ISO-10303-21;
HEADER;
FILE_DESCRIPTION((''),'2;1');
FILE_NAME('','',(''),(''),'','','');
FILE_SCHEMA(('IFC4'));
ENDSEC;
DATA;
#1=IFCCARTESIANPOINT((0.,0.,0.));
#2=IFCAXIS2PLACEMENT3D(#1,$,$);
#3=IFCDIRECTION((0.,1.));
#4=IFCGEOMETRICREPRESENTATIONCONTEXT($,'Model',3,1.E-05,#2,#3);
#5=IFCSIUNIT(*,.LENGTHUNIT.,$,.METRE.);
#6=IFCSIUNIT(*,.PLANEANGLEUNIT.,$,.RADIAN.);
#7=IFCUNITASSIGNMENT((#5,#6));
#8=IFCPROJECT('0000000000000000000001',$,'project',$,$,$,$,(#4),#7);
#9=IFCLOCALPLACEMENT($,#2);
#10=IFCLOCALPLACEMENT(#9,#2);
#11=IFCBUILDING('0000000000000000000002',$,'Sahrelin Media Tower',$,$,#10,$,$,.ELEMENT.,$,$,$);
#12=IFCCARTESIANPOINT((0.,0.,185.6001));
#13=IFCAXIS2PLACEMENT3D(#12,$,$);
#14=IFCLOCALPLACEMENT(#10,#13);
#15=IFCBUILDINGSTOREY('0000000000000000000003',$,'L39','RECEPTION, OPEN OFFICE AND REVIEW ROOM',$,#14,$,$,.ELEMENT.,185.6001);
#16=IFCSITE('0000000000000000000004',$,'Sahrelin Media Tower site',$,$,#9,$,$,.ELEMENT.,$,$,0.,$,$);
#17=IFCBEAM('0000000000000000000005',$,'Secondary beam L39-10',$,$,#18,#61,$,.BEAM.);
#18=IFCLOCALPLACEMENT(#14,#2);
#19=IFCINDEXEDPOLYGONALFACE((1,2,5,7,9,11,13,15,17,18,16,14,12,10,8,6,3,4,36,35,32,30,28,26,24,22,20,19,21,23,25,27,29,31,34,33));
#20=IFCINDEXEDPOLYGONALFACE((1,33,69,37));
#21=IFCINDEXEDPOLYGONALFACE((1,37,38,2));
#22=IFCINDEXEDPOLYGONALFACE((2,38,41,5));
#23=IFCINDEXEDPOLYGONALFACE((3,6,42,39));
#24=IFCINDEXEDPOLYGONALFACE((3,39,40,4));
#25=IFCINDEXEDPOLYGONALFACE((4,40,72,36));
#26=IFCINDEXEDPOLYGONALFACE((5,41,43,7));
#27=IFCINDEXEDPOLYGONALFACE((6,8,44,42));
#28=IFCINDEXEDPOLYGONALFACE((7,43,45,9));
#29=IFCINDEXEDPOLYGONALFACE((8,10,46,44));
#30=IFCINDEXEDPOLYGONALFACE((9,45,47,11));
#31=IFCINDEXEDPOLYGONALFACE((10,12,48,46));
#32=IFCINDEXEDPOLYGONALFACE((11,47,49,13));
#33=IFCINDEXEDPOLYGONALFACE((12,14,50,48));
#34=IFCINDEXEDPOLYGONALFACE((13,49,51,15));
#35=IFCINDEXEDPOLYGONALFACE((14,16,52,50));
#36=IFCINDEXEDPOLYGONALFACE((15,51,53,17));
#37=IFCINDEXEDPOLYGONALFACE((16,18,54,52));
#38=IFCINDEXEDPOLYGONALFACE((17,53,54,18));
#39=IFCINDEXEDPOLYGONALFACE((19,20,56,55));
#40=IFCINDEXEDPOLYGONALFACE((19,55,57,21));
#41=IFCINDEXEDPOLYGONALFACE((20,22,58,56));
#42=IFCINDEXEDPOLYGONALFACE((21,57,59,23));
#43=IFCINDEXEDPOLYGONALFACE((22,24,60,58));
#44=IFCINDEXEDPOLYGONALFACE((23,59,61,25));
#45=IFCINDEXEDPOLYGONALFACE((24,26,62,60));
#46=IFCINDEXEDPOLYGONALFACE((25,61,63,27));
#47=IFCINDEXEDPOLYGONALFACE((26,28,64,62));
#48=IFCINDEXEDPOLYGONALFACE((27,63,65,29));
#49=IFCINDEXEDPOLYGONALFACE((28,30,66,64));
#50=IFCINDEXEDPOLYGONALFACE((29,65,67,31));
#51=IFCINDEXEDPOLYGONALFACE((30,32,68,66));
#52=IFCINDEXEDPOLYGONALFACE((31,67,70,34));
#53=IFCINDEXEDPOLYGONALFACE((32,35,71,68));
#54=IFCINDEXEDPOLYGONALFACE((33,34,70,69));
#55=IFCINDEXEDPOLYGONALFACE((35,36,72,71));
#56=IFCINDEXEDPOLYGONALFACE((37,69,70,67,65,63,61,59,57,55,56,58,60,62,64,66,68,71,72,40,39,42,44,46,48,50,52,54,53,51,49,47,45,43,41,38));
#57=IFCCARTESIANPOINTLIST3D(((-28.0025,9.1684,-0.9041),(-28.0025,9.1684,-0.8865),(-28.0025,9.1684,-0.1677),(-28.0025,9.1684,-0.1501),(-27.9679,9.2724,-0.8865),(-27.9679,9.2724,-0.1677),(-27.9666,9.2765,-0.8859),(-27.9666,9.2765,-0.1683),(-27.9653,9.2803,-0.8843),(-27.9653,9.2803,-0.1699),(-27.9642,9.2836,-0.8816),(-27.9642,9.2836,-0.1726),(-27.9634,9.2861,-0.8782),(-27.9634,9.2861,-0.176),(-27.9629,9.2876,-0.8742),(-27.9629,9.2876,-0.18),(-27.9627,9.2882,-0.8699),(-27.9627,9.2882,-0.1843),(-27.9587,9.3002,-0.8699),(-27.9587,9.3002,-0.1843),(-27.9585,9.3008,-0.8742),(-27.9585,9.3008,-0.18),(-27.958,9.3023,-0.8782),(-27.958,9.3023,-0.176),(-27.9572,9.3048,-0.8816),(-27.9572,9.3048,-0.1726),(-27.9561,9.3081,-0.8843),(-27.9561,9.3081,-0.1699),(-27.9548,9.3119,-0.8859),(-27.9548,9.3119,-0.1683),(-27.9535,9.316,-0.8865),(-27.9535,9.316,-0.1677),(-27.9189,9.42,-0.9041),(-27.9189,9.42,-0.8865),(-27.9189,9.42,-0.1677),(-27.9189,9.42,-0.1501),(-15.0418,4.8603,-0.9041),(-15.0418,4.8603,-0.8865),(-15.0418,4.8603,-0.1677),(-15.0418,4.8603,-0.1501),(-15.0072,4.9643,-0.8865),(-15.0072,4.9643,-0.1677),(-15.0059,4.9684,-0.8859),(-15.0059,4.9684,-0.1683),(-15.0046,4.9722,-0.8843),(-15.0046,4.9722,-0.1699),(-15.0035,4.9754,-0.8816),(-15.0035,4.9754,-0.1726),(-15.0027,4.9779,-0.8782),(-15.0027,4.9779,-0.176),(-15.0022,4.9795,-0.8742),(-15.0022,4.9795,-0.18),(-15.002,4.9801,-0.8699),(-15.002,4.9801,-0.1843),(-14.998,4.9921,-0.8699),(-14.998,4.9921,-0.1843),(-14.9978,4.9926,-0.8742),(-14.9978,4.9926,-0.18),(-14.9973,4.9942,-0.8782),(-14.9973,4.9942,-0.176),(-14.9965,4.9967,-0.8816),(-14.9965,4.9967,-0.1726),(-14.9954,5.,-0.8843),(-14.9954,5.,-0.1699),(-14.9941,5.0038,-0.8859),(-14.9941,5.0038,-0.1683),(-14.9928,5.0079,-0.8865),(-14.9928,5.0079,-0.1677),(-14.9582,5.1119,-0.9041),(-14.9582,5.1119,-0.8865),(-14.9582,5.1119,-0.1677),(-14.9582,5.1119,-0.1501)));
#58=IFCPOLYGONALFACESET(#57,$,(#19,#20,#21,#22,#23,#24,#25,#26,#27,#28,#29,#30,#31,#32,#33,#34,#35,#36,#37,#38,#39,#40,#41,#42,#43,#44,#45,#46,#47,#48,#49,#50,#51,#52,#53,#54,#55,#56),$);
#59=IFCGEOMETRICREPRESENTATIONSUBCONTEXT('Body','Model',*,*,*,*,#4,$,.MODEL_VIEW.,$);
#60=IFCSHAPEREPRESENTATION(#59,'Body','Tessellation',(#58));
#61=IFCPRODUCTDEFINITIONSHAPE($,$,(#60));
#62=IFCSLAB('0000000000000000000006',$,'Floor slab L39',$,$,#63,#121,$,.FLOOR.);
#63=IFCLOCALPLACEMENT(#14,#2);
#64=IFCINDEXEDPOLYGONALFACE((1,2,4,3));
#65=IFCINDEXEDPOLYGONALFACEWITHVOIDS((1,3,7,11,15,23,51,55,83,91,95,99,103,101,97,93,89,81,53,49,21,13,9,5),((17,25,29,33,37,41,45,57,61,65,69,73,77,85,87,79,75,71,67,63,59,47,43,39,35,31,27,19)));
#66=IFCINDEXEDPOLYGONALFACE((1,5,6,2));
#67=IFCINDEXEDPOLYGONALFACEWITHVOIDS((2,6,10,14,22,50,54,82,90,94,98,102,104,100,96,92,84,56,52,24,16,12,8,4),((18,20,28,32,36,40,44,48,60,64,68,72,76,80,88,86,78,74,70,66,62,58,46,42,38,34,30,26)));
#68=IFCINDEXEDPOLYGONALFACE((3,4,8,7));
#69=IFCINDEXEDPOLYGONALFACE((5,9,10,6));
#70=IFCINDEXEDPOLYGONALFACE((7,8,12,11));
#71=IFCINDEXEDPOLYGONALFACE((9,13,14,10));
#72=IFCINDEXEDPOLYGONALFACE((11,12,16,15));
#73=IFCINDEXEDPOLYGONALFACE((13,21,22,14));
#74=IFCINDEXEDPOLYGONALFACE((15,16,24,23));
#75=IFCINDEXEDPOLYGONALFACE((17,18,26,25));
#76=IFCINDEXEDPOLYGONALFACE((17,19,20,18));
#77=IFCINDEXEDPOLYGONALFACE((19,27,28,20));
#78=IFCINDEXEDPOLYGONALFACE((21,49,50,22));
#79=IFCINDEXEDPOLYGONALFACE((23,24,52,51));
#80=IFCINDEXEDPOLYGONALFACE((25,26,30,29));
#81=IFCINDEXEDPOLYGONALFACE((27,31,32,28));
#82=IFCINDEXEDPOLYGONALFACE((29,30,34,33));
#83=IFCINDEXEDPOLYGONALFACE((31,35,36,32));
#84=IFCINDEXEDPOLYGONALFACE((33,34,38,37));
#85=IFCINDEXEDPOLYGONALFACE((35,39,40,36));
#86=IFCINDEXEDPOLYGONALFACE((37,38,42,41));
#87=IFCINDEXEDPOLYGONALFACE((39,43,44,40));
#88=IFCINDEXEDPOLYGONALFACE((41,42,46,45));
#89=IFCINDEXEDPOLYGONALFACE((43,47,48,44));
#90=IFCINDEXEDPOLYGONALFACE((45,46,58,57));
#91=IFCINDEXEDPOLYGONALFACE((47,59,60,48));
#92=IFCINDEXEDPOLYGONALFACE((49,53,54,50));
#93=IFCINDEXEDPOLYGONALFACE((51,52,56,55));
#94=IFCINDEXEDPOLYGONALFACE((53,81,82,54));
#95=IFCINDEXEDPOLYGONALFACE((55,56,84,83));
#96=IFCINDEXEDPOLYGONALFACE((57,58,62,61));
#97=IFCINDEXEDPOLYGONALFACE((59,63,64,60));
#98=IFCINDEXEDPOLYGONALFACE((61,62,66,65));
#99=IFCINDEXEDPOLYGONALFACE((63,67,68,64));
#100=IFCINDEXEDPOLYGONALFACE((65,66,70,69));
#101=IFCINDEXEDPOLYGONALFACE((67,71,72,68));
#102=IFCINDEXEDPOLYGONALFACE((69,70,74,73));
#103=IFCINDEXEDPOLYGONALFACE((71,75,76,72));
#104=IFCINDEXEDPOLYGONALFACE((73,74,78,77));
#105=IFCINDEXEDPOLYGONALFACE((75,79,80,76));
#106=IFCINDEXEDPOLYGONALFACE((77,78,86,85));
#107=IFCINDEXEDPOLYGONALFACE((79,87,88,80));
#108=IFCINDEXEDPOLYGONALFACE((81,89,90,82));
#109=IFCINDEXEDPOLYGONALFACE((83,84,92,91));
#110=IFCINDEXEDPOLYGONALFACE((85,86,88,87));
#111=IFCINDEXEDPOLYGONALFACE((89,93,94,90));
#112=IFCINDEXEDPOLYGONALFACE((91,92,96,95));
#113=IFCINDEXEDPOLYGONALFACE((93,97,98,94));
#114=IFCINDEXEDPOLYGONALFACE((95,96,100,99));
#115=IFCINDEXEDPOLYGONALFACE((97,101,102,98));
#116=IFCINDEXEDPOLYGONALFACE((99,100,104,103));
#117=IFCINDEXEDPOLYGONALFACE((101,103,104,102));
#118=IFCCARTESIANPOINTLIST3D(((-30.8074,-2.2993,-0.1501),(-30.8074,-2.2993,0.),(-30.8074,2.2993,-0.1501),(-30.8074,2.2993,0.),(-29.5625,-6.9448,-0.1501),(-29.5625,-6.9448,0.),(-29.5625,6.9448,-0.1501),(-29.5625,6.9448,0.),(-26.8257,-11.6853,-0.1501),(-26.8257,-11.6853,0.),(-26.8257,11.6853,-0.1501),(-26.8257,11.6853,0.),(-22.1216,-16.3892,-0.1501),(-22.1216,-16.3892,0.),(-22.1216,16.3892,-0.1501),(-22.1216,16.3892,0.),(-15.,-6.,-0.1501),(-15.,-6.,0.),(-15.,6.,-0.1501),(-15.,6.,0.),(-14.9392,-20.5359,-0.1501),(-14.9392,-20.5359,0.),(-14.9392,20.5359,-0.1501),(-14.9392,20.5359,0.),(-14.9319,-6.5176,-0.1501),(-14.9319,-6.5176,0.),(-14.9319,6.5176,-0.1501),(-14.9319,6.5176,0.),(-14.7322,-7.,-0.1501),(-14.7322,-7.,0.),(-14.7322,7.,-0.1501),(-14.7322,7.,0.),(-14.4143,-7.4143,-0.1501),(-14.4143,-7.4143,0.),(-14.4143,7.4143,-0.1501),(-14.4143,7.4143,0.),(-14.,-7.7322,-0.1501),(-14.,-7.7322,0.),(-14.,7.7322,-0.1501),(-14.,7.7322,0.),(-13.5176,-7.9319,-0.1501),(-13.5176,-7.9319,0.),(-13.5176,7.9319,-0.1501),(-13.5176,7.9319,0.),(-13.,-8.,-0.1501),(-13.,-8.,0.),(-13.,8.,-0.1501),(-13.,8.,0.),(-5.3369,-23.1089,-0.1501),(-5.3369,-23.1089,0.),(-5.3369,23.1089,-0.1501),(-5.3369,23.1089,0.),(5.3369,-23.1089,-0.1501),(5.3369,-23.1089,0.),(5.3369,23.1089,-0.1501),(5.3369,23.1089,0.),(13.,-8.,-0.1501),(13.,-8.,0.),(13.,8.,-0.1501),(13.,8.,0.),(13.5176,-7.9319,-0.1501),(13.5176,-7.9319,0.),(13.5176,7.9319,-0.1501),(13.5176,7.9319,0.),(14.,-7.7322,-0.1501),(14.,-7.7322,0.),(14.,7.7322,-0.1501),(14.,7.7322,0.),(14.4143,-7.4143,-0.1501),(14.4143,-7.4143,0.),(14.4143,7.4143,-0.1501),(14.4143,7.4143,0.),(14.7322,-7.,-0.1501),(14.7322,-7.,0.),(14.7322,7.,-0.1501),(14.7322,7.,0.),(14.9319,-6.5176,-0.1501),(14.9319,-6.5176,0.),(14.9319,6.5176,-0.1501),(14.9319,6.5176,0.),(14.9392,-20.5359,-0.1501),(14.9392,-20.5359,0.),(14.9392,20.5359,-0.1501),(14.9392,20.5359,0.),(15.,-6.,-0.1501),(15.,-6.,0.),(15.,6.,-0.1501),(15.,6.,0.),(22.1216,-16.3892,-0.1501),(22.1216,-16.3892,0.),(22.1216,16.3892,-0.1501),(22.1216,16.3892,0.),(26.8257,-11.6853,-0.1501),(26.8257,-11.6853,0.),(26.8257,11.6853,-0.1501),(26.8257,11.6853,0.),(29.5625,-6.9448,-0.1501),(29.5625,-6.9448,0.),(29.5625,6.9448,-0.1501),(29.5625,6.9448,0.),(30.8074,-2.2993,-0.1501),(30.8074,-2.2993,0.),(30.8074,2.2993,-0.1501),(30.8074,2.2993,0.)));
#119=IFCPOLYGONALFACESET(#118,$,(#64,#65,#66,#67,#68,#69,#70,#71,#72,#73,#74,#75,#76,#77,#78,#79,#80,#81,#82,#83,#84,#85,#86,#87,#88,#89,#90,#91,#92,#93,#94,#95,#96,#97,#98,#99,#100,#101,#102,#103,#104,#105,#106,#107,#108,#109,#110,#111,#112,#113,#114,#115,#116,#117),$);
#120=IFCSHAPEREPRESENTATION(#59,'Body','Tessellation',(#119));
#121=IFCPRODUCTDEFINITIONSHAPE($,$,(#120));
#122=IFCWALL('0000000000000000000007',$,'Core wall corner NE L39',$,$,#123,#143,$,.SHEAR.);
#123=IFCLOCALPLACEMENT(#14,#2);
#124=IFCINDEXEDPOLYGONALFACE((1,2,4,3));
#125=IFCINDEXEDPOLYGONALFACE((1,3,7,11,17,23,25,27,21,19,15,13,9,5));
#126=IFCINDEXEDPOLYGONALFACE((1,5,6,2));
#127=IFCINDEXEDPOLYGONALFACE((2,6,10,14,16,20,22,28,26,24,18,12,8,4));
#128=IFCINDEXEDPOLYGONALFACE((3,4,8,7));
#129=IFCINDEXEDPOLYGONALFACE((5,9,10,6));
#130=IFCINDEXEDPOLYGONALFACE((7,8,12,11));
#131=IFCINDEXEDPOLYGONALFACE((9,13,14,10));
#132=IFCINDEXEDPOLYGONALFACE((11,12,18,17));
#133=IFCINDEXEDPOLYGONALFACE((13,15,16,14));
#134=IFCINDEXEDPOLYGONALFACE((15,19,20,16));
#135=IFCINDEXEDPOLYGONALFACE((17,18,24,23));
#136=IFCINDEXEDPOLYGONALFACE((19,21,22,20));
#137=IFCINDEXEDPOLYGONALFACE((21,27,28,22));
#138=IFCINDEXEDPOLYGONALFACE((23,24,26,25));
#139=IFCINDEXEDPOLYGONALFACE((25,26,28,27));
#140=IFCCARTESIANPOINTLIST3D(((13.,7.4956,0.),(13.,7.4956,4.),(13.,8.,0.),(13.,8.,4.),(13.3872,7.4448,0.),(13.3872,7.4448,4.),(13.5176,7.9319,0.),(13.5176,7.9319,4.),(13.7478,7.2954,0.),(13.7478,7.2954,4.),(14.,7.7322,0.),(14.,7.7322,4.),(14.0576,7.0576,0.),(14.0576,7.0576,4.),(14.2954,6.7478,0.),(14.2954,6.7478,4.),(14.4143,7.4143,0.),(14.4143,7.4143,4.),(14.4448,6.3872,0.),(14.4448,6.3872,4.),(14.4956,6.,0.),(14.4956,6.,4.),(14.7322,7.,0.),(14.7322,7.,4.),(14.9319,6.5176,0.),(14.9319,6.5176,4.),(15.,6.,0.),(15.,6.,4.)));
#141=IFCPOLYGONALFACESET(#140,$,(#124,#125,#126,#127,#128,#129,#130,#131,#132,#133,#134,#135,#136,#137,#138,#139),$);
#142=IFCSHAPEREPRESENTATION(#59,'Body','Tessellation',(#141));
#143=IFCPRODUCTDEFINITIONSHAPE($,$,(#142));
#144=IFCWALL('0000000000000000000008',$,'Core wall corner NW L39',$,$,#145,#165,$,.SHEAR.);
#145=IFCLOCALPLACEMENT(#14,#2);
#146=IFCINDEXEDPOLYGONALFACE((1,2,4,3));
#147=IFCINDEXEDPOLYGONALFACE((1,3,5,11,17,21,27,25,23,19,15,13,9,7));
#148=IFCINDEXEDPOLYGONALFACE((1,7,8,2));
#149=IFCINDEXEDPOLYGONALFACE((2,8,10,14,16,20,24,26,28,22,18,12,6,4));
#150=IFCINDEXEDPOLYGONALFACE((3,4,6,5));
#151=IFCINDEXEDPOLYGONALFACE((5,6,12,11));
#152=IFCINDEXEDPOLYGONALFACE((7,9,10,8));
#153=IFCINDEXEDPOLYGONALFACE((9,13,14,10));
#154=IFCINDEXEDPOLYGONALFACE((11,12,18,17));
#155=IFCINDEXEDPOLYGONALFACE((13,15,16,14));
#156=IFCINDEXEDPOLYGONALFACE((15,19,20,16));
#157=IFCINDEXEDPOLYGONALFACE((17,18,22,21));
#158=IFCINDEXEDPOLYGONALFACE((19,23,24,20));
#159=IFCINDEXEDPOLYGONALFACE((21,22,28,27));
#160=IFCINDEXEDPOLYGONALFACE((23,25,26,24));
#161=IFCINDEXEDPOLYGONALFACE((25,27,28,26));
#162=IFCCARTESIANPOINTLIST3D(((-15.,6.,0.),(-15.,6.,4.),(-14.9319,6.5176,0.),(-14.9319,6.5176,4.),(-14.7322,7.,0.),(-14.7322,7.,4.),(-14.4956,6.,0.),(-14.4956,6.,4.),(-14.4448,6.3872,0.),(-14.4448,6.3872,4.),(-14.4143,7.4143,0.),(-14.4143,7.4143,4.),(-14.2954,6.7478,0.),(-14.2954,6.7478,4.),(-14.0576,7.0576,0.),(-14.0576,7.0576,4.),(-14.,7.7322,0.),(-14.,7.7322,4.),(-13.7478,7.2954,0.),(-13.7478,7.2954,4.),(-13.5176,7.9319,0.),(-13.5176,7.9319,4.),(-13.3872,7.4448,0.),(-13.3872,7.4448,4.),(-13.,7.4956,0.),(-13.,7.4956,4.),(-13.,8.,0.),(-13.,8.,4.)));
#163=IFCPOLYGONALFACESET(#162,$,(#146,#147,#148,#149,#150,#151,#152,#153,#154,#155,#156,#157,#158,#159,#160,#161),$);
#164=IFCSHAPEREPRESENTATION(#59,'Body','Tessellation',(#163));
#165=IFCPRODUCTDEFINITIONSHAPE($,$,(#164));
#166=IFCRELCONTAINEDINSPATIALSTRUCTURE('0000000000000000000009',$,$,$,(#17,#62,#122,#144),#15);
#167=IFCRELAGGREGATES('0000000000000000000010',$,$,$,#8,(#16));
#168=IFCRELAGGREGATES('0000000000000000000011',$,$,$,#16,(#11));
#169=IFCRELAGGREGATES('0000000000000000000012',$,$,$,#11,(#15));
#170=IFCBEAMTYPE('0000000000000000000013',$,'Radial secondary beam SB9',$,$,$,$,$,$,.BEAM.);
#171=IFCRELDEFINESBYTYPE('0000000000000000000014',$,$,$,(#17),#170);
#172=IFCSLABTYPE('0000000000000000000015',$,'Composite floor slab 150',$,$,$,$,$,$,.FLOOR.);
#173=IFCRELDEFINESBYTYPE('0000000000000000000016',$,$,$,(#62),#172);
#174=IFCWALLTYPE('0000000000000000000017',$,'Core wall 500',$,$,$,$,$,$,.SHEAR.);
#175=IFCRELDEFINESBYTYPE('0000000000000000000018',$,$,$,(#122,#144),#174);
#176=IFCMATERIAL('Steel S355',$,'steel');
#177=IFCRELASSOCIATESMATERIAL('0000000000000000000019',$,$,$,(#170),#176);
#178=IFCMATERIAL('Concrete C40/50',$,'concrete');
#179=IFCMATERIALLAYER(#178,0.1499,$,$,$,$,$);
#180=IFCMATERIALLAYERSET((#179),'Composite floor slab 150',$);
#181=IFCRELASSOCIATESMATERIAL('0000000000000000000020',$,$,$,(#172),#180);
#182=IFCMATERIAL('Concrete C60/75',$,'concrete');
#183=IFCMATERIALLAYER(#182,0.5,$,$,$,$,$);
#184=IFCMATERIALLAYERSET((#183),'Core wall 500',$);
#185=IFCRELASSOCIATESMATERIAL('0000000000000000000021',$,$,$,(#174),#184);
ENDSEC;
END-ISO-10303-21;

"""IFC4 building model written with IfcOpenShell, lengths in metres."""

from ifc_helpers import new_model, si_unit, direction, frame, origin, origin_2d, place, context, subcontext, project, spatial, polyline, i_section, outline, extrude, material, layer, layer_set, material_profile, profile_set, type_object, element, save


model = new_model("IFC4")

# Units and contexts
model_context = context("Model", 3, precision=1e-05, world=origin(), true_north=direction((0.0, 1.0)))
body_context = subcontext(model_context, "Body", "Model", "MODEL_VIEW")
ifc_project = project(units=[si_unit("LENGTHUNIT", "METRE"), si_unit("PLANEANGLEUNIT", "RADIAN")], contexts=[model_context])

# Site, building, storey
site_placement = place(None, origin())
site = spatial("IfcSite", under=ifc_project, at=site_placement, Name="Sahrelin Media Tower site", CompositionType="ELEMENT", RefElevation=0.0)
building_placement = place(site_placement, origin())
building = spatial("IfcBuilding", under=site, at=building_placement, Name="Sahrelin Media Tower", CompositionType="ELEMENT")
storey_placement = place(building_placement, frame((0.0, 0.0, 185.6001)))
storey = spatial("IfcBuildingStorey", under=building, at=storey_placement, Name="L39", Description="RECEPTION, OPEN OFFICE AND REVIEW ROOM", CompositionType="ELEMENT", Elevation=185.6001)

# Beam
ifc_material_1 = material(Name="Steel S355", Category="steel")
ifc_material_profile_1 = material_profile(ifc_material_1, i_section(OverallWidth=0.2651, OverallDepth=0.7539, WebThickness=0.0127, FlangeThickness=0.0176, FilletRadius=0.0166, at=origin_2d()), Name="UB 762x267x147")
ifc_profile_set_1 = profile_set([ifc_material_profile_1], Name="Steel S355")
beam_type_1 = type_object("IfcBeamType", Name="Radial secondary beam SB9", PredefinedType="BEAM", material=ifc_profile_set_1)
beam_1_placement = place(storey_placement, frame((-15.0, 4.9861, -0.5271), z_axis=(-0.948949, 0.315429, 0.0), x_axis=(-0.315429, -0.948949, 0.0)))
element("IfcBeam", 1, at=beam_1_placement, inside=storey, type_object=beam_type_1, Name="Secondary beam L39-10", PredefinedType="BEAM", context=body_context, shape_type="SweptSolid", body=[
    extrude(i_section(OverallWidth=0.2651, OverallDepth=0.7539, WebThickness=0.0127, FlangeThickness=0.0176, FilletRadius=0.0166, at=origin_2d()), origin(), (0.0, 0.0, 1.0), 13.658),
])

# Slab
ifc_material_2 = material(Name="Concrete C40/50", Category="concrete")
ifc_layer_1 = layer(ifc_material_2, 0.1499)
ifc_layer_set_1 = layer_set([ifc_layer_1], Name="Composite floor slab 150")
slab_type = type_object("IfcSlabType", Name="Composite floor slab 150", PredefinedType="FLOOR", material=ifc_layer_set_1)
slab_placement = place(storey_placement, frame((0.0, 0.0, -0.1501)))
element("IfcSlab", 2, at=slab_placement, inside=storey, type_object=slab_type, Name="Floor slab L39", PredefinedType="FLOOR", context=body_context, shape_type="SweptSolid", body=[
    extrude(outline(polyline([(30.8074, -2.2993), (30.8074, 2.2993), (29.5625, 6.9448), (26.8257, 11.6853), (22.1216, 16.3892), (14.9392, 20.5359), (5.3369, 23.1089), (-5.3369, 23.1089), (-14.9392, 20.5359), (-22.1216, 16.3892), (-26.8257, 11.6853), (-29.5625, 6.9448), (-30.8074, 2.2993), (-30.8074, -2.2993), (-29.5625, -6.9448), (-26.8257, -11.6853), (-22.1216, -16.3892), (-14.9392, -20.5359), (-5.3369, -23.1089), (5.3369, -23.1089), (14.9392, -20.5359), (22.1216, -16.3892), (26.8257, -11.6853), (29.5625, -6.9448), (30.8074, -2.2993)]), holes=[polyline([(14.9319, 6.5176), (15.0, 6.0), (15.0, -6.0), (14.9319, -6.5176), (14.7322, -7.0), (14.4143, -7.4143), (14.0, -7.7322), (13.5176, -7.9319), (13.0, -8.0), (-13.0, -8.0), (-13.5176, -7.9319), (-14.0, -7.7322), (-14.4143, -7.4143), (-14.7322, -7.0), (-14.9319, -6.5176), (-15.0, -6.0), (-15.0, 6.0), (-14.9319, 6.5176), (-14.7322, 7.0), (-14.4143, 7.4143), (-14.0, 7.7322), (-13.5176, 7.9319), (-13.0, 8.0), (13.0, 8.0), (13.5176, 7.9319), (14.0, 7.7322), (14.4143, 7.4143), (14.7322, 7.0), (14.9319, 6.5176)])]), origin(), (0.0, 0.0, 1.0), 0.1501),
])

# Walls
ifc_material_3 = material(Name="Concrete C60/75", Category="concrete")
ifc_layer_2 = layer(ifc_material_3, 0.5)
ifc_layer_set_2 = layer_set([ifc_layer_2], Name="Core wall 500")
wall_type_1 = type_object("IfcWallType", Name="Core wall 500", PredefinedType="SHEAR", material=ifc_layer_set_2)
placement = place(storey_placement, origin())
element("IfcWall", 3, at=placement, inside=storey, type_object=wall_type_1, Name="Core wall corner NE L39", PredefinedType="SHEAR", context=body_context, shape_type="SweptSolid", body=[
    extrude(outline(polyline([(13.0, 8.0), (13.0, 7.4956), (13.3872, 7.4448), (13.7478, 7.2954), (14.0576, 7.0576), (14.2954, 6.7478), (14.4448, 6.3872), (14.4956, 6.0), (15.0, 6.0), (14.9319, 6.5176), (14.7322, 7.0), (14.4143, 7.4143), (14.0, 7.7322), (13.5176, 7.9319), (13.0, 8.0)])), origin(), (0.0, 0.0, 1.0), 4.0),
])
element("IfcWall", 4, at=placement, inside=storey, type_object=wall_type_1, Name="Core wall corner NW L39", PredefinedType="SHEAR", context=body_context, shape_type="SweptSolid", body=[
    extrude(outline(polyline([(-15.0, 6.0), (-14.4956, 6.0), (-14.4448, 6.3872), (-14.2954, 6.7478), (-14.0576, 7.0576), (-13.7478, 7.2954), (-13.3872, 7.4448), (-13.0, 7.4956), (-13.0, 8.0), (-13.5176, 7.9319), (-14.0, 7.7322), (-14.4143, 7.4143), (-14.7322, 7.0), (-14.9319, 6.5176), (-15.0, 6.0)])), origin(), (0.0, 0.0, 1.0), 4.0),
])

save(model, "model.ifc")
